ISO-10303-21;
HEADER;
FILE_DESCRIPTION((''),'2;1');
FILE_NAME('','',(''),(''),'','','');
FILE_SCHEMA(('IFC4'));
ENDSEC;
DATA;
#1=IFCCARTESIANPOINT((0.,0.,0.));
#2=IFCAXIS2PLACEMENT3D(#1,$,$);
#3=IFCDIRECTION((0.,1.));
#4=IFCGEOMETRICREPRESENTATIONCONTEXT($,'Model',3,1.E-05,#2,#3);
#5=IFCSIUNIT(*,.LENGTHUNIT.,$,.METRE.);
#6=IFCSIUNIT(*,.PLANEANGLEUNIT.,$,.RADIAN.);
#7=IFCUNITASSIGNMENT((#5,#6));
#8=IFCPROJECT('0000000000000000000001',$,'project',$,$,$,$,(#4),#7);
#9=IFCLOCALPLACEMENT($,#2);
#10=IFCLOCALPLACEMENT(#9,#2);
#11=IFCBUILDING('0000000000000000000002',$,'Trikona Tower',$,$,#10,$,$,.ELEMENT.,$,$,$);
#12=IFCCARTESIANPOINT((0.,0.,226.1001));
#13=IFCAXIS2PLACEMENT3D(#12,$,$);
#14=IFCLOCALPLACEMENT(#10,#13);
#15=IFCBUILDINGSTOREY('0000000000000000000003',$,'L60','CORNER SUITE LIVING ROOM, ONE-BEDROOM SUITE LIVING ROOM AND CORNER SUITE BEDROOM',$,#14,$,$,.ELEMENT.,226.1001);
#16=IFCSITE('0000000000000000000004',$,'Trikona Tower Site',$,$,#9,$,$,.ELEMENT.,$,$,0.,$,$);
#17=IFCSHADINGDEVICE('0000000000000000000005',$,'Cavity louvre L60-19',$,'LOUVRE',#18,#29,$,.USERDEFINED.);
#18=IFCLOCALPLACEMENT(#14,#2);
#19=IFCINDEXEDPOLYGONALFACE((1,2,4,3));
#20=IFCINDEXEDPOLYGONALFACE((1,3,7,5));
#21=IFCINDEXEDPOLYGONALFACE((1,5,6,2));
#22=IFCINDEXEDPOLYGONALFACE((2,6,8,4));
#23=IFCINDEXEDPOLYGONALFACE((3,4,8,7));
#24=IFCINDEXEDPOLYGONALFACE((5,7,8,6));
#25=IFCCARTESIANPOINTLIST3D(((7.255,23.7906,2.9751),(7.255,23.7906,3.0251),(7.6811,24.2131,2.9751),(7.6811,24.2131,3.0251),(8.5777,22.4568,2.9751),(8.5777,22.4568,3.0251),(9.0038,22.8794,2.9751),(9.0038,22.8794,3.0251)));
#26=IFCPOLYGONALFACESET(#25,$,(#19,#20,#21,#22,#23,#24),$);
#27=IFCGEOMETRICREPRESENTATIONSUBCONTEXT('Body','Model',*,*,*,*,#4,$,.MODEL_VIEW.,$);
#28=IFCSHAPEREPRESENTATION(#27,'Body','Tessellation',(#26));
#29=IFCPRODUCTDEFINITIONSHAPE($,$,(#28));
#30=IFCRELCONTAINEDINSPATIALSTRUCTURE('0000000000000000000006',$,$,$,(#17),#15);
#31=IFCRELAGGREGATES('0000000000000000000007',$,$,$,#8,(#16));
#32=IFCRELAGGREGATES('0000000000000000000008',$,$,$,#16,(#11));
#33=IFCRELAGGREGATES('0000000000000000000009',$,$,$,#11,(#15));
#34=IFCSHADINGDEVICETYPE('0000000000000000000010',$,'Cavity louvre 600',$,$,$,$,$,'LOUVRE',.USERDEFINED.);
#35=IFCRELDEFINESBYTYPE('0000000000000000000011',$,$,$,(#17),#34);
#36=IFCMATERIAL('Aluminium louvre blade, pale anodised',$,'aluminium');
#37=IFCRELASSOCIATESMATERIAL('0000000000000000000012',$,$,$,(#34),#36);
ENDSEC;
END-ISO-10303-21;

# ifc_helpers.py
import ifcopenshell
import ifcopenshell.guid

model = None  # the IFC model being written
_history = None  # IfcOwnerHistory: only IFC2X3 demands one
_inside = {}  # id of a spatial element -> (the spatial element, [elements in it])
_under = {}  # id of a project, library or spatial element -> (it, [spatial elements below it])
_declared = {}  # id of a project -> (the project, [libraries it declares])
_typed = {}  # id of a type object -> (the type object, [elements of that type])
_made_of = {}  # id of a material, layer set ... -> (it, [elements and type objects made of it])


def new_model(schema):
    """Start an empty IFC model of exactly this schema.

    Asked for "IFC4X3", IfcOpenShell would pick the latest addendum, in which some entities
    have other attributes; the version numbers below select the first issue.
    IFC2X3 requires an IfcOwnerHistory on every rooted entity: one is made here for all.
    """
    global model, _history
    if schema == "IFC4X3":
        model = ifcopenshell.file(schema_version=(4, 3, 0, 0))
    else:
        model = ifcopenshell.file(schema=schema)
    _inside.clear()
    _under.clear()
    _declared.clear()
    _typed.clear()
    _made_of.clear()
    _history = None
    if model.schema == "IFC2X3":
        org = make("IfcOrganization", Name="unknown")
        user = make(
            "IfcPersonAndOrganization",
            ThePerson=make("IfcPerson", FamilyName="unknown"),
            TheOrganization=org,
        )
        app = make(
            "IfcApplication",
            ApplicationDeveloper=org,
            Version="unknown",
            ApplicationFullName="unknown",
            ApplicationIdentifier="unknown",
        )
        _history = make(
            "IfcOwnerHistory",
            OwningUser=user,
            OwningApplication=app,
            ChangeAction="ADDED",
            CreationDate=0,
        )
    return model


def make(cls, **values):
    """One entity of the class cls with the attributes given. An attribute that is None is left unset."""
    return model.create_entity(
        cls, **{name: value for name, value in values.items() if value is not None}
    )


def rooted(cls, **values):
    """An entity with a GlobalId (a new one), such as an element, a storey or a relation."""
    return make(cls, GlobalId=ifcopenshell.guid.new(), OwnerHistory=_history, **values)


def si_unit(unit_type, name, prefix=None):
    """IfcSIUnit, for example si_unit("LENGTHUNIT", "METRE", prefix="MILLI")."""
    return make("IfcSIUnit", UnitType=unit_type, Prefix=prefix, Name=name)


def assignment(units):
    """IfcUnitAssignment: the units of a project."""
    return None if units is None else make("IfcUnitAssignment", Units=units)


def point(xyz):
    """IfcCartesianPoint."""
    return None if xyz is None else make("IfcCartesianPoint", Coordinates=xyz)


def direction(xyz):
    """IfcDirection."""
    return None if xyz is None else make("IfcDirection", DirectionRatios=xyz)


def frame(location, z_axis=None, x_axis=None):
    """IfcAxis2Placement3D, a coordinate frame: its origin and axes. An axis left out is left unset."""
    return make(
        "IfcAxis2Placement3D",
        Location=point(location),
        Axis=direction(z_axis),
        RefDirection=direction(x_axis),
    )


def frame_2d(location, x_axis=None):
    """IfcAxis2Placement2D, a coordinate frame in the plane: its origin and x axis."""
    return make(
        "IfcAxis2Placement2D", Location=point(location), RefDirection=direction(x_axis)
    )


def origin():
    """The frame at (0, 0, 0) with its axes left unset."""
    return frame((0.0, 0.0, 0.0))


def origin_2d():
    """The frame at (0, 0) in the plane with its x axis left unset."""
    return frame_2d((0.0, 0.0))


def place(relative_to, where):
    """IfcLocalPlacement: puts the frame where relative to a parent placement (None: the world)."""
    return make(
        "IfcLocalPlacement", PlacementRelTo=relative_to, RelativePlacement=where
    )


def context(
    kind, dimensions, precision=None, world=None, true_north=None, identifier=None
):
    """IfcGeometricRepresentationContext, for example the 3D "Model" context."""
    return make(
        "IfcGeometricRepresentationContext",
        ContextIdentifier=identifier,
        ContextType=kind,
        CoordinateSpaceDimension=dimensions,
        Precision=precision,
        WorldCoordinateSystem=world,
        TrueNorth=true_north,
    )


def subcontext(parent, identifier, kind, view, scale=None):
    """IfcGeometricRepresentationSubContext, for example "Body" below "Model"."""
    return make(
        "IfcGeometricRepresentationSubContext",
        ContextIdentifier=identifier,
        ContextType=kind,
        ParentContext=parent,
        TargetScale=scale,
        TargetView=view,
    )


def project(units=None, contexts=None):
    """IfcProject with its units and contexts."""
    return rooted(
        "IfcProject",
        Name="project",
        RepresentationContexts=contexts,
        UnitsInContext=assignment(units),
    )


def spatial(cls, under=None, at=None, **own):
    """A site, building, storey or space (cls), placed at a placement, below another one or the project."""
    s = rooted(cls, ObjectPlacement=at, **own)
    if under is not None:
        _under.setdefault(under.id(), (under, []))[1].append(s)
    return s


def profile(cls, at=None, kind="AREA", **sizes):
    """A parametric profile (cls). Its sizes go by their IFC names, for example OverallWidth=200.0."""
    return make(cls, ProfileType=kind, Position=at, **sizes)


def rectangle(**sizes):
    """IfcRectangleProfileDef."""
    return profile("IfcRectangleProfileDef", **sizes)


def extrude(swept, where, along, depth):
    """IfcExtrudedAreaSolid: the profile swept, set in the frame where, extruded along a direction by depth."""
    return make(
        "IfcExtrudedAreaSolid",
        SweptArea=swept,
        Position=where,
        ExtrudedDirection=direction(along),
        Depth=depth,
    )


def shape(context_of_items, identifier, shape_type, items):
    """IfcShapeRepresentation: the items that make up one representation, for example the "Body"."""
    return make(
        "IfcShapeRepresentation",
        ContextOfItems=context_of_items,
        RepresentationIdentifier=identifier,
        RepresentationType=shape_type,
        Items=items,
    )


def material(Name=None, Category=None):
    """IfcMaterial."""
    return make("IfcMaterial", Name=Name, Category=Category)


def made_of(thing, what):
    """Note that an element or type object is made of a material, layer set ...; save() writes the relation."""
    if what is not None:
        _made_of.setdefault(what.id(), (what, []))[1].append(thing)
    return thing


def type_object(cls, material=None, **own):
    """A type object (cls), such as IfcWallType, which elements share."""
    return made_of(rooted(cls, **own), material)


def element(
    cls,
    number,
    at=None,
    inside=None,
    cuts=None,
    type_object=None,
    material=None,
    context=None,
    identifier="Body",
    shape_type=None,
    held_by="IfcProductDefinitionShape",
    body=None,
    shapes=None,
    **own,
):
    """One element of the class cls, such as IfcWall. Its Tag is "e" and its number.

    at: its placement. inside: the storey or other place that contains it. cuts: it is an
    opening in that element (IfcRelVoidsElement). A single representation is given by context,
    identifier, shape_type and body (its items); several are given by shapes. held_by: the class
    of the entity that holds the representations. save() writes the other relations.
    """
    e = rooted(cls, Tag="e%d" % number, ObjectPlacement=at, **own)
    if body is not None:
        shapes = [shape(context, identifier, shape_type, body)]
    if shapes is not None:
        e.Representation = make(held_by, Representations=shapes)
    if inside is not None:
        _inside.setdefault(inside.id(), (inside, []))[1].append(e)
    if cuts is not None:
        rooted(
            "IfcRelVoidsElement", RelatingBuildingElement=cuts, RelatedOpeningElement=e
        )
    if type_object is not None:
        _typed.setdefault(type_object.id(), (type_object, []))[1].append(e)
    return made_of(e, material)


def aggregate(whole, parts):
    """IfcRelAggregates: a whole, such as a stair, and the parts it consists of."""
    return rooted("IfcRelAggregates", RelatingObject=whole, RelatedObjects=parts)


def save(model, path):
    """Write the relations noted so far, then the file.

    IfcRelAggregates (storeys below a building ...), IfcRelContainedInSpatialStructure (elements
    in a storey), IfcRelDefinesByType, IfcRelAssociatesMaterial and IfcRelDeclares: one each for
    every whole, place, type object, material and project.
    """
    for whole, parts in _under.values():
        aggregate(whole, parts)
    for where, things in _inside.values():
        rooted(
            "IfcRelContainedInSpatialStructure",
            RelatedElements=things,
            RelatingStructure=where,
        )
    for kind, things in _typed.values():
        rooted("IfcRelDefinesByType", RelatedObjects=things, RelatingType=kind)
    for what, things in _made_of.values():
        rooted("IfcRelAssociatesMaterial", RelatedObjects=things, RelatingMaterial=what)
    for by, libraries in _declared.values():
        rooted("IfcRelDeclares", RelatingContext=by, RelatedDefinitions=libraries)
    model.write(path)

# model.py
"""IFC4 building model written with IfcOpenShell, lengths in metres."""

from ifc_helpers import new_model, si_unit, direction, frame, origin, origin_2d, place, context, subcontext, project, spatial, rectangle, extrude, material, type_object, element, save


model = new_model("IFC4")

# Units and contexts
model_context = context("Model", 3, precision=1e-05, world=origin(), true_north=direction((0.0, 1.0)))
body_context = subcontext(model_context, "Body", "Model", "MODEL_VIEW")
ifc_project = project(units=[si_unit("LENGTHUNIT", "METRE"), si_unit("PLANEANGLEUNIT", "RADIAN")], contexts=[model_context])

# Site, building, storey
site_placement = place(None, origin())
site = spatial("IfcSite", under=ifc_project, at=site_placement, Name="Trikona Tower Site", CompositionType="ELEMENT", RefElevation=0.0)
building_placement = place(site_placement, origin())
building = spatial("IfcBuilding", under=site, at=building_placement, Name="Trikona Tower", CompositionType="ELEMENT")
storey_placement = place(building_placement, frame((0.0, 0.0, 226.1001)))
storey = spatial("IfcBuildingStorey", under=building, at=storey_placement, Name="L60", Description="CORNER SUITE LIVING ROOM, ONE-BEDROOM SUITE LIVING ROOM AND CORNER SUITE BEDROOM", CompositionType="ELEMENT", Elevation=226.1001)

# Shading device
ifc_material_1 = material(Name="Aluminium louvre blade, pale anodised", Category="aluminium")
shading_device_type = type_object("IfcShadingDeviceType", Name="Cavity louvre 600", ElementType="LOUVRE", PredefinedType="USERDEFINED", material=ifc_material_1)
shading_device_placement = place(storey_placement, frame((8.1294, 23.335, 2.9751), z_axis=(0.0, 0.0, 1.0), x_axis=(-0.704151, 0.71005, 0.0)))
element("IfcShadingDevice", 1, at=shading_device_placement, inside=storey, type_object=shading_device_type, Name="Cavity louvre L60-19", ObjectType="LOUVRE", PredefinedType="USERDEFINED", context=body_context, shape_type="SweptSolid", body=[
    extrude(rectangle(XDim=1.8784, YDim=0.6001, at=origin_2d()), origin(), (0.0, 0.0, 1.0), 0.05),
])

save(model, "model.ifc")
